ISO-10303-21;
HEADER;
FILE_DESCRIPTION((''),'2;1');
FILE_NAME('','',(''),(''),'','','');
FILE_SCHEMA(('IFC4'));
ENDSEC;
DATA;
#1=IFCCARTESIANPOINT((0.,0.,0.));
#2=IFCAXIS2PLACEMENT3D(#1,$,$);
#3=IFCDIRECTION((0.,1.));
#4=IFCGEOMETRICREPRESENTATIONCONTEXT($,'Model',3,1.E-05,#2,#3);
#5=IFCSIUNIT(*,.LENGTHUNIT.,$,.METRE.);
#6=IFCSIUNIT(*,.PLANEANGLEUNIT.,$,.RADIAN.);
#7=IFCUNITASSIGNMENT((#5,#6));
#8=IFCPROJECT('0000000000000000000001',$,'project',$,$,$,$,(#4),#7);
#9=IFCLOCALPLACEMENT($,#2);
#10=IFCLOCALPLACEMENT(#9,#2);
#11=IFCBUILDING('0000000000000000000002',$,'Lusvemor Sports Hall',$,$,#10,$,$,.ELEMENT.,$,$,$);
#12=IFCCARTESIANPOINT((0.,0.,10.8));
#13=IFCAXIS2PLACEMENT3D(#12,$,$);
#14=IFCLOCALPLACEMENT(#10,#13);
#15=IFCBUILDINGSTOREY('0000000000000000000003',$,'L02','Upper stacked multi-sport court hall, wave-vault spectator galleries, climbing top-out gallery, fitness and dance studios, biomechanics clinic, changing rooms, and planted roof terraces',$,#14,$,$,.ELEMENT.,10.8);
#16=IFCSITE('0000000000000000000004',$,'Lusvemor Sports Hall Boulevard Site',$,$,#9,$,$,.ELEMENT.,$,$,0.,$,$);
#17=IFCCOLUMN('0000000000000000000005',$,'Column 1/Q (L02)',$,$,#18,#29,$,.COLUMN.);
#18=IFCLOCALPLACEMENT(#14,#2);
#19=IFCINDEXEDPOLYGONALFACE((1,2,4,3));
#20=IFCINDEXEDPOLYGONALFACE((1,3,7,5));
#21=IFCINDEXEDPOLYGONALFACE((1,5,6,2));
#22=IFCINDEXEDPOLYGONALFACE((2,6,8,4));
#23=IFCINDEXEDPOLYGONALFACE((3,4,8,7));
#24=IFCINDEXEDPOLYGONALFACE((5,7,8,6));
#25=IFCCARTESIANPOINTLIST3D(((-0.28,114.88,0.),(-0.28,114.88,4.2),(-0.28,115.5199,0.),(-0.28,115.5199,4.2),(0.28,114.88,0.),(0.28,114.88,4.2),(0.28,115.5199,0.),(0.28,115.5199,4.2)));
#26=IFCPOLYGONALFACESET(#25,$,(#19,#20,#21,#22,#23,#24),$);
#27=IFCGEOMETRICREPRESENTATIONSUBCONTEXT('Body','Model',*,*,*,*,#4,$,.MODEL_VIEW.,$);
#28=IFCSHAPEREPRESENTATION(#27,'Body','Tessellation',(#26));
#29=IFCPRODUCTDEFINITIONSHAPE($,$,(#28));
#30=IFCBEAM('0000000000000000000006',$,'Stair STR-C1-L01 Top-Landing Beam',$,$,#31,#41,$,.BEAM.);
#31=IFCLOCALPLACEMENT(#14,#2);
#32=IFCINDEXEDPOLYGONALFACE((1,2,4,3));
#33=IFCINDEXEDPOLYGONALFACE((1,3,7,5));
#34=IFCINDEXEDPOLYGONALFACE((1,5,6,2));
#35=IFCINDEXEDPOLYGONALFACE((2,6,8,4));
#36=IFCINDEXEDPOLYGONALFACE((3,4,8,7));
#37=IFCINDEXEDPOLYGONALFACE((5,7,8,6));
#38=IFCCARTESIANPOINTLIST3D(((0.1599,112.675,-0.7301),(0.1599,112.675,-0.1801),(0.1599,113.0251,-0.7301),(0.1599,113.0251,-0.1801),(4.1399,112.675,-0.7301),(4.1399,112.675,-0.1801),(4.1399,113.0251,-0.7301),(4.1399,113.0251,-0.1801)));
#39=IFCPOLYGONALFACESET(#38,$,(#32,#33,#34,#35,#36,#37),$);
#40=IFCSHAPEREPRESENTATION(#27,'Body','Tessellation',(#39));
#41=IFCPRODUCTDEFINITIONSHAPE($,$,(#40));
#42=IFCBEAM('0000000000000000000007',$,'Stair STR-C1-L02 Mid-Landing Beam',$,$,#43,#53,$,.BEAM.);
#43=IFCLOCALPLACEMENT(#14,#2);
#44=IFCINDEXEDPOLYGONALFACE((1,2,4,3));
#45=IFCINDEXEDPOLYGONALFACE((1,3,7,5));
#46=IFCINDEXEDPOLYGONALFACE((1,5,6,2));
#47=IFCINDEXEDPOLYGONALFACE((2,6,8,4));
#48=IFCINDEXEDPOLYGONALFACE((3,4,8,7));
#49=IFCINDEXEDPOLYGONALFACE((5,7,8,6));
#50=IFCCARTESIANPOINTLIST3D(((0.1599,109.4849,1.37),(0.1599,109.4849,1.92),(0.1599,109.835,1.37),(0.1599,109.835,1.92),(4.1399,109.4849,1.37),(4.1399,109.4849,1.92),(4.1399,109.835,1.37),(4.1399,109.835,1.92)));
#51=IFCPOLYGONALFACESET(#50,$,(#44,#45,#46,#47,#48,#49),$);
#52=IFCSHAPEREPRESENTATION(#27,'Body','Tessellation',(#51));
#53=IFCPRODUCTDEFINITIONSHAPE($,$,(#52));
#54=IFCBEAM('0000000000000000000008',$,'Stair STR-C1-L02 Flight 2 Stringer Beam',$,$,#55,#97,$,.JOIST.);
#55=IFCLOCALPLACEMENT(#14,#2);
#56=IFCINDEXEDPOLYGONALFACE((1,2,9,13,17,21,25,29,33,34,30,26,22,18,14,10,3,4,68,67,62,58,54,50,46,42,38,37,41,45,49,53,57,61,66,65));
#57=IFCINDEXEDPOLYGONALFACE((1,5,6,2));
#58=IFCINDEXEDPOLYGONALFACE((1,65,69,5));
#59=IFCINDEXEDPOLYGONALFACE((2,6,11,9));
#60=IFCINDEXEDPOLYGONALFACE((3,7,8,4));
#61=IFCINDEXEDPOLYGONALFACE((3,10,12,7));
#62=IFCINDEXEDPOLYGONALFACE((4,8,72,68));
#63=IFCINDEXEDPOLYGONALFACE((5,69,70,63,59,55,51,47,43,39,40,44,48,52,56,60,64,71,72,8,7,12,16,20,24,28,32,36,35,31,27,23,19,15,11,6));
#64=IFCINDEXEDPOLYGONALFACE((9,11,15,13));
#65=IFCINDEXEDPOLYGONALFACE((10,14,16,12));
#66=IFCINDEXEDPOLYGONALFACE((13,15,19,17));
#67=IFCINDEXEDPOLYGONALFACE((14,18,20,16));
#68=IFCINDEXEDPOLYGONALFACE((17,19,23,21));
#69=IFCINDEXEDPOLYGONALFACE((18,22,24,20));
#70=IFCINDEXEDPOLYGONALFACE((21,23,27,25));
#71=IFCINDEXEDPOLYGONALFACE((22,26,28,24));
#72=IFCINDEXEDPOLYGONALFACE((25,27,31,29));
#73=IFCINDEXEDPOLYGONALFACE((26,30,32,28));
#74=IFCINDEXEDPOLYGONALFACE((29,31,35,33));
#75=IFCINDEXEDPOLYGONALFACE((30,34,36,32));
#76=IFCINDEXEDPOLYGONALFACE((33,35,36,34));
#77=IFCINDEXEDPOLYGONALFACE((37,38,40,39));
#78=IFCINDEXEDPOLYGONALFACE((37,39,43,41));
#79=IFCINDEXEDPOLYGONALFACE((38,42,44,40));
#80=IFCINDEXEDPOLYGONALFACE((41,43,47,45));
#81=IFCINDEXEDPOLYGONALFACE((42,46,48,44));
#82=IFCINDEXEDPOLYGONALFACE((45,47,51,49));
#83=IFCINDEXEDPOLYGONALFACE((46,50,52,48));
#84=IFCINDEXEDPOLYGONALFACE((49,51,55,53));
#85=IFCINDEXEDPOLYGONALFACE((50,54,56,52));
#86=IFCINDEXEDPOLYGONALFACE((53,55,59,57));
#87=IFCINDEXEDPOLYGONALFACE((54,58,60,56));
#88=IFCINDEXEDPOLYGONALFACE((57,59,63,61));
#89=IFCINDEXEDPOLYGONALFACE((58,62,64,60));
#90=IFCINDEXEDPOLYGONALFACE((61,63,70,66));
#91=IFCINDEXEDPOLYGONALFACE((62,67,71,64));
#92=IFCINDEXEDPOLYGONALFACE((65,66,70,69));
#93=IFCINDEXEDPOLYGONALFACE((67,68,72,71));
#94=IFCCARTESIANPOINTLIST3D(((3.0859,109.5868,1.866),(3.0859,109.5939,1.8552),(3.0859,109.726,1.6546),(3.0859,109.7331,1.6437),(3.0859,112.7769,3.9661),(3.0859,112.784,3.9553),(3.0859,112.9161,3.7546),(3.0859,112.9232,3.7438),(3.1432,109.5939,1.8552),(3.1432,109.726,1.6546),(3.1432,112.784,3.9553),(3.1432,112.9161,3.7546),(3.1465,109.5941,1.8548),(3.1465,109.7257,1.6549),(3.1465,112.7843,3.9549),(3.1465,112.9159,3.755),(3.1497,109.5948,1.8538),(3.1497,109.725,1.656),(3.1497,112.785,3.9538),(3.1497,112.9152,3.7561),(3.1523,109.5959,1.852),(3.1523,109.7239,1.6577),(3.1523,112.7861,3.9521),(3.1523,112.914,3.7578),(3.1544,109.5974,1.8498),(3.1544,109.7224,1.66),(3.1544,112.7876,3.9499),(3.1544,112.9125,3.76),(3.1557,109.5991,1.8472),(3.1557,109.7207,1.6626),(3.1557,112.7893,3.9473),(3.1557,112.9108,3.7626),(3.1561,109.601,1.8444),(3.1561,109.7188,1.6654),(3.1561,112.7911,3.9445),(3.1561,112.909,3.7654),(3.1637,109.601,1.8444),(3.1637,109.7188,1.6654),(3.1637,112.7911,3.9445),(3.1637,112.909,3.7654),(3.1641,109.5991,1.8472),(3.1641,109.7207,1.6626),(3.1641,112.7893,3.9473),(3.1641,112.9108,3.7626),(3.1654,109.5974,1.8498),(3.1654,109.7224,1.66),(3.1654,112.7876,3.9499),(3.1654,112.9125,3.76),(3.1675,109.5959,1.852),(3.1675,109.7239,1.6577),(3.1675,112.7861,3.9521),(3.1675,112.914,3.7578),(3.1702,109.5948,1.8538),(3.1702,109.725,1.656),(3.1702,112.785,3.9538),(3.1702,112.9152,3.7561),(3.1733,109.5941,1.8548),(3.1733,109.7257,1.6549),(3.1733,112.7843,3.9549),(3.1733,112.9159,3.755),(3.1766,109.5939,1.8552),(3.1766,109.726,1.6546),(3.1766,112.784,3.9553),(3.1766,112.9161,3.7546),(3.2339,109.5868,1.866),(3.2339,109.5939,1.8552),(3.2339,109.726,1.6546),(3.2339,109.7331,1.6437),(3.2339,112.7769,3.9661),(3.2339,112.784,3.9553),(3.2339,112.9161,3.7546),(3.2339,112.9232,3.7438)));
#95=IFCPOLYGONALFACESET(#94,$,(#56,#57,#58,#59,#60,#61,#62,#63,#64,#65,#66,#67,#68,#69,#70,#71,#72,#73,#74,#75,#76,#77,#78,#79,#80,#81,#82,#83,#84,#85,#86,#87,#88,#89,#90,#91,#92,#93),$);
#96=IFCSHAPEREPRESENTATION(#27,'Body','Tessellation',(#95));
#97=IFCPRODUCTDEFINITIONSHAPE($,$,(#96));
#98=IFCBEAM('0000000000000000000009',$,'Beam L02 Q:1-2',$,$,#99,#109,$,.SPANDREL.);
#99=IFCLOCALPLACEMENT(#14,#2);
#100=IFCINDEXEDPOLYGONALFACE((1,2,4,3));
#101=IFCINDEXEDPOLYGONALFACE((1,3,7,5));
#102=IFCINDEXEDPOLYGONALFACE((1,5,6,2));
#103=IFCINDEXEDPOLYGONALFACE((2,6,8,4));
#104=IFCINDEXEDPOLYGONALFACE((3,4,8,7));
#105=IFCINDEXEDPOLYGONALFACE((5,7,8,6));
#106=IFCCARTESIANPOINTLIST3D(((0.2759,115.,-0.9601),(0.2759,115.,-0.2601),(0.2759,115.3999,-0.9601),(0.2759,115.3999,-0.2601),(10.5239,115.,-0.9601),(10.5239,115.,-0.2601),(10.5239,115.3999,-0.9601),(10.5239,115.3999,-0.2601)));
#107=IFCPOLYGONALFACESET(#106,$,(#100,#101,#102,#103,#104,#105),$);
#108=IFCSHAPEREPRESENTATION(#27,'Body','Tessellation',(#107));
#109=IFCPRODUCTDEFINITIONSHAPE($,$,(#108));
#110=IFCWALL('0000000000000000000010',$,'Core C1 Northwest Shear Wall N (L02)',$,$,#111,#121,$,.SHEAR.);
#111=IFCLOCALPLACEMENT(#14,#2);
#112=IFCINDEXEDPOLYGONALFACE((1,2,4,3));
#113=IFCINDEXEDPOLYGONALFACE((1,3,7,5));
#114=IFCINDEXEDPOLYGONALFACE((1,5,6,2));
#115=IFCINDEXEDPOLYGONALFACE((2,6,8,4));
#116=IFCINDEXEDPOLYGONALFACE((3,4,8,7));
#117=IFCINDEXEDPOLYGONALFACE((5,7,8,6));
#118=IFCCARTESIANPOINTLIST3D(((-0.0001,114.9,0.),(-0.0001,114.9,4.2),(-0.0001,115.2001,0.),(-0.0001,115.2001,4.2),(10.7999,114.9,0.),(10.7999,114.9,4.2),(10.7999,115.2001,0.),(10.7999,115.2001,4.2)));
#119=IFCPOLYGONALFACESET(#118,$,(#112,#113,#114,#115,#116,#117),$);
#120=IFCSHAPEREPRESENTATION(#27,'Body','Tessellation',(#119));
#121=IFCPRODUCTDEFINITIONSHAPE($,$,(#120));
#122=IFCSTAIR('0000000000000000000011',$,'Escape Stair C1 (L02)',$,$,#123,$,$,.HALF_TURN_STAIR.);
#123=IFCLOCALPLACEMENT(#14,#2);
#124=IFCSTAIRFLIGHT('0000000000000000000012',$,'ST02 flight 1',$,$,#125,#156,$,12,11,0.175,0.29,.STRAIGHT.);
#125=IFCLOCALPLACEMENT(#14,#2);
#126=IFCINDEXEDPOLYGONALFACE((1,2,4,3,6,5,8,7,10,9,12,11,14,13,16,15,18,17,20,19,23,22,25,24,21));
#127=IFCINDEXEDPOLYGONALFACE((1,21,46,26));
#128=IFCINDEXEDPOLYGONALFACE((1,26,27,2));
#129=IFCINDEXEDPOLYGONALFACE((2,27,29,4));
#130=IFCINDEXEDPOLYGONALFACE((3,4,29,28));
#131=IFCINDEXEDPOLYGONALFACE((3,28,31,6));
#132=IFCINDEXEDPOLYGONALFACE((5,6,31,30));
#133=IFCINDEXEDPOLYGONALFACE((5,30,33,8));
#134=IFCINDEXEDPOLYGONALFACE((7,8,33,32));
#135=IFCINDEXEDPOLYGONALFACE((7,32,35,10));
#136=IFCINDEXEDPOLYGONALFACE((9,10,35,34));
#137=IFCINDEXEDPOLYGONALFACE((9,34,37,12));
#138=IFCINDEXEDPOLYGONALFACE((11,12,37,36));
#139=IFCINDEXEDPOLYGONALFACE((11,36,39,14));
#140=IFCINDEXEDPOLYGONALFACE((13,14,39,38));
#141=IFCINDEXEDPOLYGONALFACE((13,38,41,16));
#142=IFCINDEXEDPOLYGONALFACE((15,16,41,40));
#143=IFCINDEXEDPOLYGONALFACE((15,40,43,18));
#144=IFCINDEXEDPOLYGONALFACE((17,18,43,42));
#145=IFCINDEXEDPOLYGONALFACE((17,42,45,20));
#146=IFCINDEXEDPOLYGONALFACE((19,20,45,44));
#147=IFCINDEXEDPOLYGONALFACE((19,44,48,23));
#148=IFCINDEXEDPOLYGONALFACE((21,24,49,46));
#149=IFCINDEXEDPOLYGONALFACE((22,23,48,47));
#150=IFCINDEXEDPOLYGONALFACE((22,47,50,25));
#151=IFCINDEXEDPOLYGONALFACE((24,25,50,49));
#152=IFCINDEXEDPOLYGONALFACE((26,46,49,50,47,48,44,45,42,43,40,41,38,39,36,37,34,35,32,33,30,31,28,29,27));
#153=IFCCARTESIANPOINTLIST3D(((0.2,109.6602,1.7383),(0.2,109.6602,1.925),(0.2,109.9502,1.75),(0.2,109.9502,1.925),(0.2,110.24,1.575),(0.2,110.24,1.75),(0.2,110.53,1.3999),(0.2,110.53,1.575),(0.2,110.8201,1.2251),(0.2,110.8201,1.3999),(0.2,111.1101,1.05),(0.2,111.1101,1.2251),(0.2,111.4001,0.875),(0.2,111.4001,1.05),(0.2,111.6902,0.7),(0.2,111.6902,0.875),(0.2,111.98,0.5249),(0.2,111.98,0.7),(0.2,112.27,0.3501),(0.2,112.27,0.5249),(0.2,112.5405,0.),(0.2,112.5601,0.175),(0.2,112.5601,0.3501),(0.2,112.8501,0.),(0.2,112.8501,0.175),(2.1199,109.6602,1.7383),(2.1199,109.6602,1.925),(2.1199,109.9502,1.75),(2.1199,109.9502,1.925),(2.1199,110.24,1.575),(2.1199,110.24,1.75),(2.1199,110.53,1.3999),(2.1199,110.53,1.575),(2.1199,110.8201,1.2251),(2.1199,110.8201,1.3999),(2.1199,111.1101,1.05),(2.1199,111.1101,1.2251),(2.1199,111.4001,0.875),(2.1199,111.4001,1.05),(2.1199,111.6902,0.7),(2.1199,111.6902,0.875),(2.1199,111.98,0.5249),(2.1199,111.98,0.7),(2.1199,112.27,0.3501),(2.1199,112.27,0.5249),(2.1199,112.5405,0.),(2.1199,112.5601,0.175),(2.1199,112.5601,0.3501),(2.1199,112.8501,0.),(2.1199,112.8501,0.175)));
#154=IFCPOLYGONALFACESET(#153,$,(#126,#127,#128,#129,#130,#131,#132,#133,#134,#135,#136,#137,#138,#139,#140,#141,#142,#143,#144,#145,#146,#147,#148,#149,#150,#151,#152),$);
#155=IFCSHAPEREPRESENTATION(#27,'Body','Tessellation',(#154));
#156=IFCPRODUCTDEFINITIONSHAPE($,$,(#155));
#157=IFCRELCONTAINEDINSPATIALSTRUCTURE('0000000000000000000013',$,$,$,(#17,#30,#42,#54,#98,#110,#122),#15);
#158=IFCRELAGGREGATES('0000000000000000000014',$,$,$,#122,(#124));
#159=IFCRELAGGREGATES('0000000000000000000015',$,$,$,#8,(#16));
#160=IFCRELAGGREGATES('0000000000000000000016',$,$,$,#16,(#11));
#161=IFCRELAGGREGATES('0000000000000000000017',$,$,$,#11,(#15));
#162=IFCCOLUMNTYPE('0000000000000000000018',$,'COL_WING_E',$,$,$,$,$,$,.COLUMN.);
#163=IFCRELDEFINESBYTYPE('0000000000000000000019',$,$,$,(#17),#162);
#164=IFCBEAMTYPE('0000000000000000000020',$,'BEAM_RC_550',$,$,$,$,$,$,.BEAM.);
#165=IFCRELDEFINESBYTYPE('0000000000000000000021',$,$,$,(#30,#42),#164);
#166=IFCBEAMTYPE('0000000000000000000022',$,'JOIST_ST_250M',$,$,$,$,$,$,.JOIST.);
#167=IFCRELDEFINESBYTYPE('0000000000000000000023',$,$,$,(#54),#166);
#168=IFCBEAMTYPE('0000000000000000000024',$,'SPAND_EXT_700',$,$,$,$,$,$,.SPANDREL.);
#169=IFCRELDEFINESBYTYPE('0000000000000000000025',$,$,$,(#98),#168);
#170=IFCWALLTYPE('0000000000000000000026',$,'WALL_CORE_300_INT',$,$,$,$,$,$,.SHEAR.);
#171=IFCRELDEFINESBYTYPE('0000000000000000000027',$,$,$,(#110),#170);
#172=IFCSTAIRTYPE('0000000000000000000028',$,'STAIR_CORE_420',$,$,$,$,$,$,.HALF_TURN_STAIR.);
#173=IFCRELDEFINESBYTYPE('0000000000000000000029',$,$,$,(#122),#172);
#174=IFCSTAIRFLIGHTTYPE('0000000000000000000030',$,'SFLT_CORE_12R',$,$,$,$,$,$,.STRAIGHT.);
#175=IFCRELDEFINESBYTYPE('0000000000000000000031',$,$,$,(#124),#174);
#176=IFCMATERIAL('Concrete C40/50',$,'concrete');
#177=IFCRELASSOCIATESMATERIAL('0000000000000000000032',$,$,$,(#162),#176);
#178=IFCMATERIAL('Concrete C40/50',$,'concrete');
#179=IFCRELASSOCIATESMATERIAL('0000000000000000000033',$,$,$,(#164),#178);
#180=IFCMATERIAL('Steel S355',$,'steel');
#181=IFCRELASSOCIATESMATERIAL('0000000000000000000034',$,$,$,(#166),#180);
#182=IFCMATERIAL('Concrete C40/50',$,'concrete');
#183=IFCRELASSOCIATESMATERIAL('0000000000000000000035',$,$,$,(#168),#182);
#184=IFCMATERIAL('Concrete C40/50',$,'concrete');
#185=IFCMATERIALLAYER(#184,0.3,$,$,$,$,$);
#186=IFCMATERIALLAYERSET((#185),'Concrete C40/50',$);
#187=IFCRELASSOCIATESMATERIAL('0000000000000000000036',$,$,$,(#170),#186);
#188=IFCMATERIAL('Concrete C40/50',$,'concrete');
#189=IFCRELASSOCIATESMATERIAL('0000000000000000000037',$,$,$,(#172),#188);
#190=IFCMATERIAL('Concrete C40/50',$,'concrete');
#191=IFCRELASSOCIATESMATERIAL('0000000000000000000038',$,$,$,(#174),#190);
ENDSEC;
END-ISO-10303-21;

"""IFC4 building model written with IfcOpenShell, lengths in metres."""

from ifc_helpers import new_model, si_unit, direction, frame, frame_2d, origin, origin_2d, place, context, subcontext, project, spatial, polyline, rectangle, i_section, outline, extrude, material, layer, layer_set, material_profile, profile_set, type_object, element, aggregate, save


model = new_model("IFC4")

# Units and contexts
model_context = context("Model", 3, precision=1e-05, world=origin(), true_north=direction((0.0, 1.0)))
body_context = subcontext(model_context, "Body", "Model", "MODEL_VIEW")
ifc_project = project(units=[si_unit("LENGTHUNIT", "METRE"), si_unit("PLANEANGLEUNIT", "RADIAN")], contexts=[model_context])

# Site, building, storey
site_placement = place(None, origin())
site = spatial("IfcSite", under=ifc_project, at=site_placement, Name="Lusvemor Sports Hall Boulevard Site", CompositionType="ELEMENT", RefElevation=0.0)
building_placement = place(site_placement, origin())
building = spatial("IfcBuilding", under=site, at=building_placement, Name="Lusvemor Sports Hall", CompositionType="ELEMENT")
storey_placement = place(building_placement, frame((0.0, 0.0, 10.8)))
storey = spatial("IfcBuildingStorey", under=building, at=storey_placement, Name="L02", Description="Upper stacked multi-sport court hall, wave-vault spectator galleries, climbing top-out gallery, fitness and dance studios, biomechanics clinic, changing rooms, and planted roof terraces", CompositionType="ELEMENT", Elevation=10.8)

# Column
ifc_material_1 = material(Name="Concrete C40/50", Category="concrete")
ifc_material_profile_1 = material_profile(ifc_material_1, rectangle(XDim=0.5601, YDim=0.6399, at=origin_2d()), Name="RC560x640")
ifc_profile_set_1 = profile_set([ifc_material_profile_1], Name="Concrete C40/50")
column_type = type_object("IfcColumnType", Name="COL_WING_E", PredefinedType="COLUMN", material=ifc_profile_set_1)
column_placement = place(storey_placement, frame((0.0, 115.2, 0.0), z_axis=(0.0, 0.0, 1.0), x_axis=(1.0, 0.0, 0.0)))
element("IfcColumn", 1, at=column_placement, inside=storey, type_object=column_type, Name="Column 1/Q (L02)", PredefinedType="COLUMN", context=body_context, shape_type="SweptSolid", body=[
    extrude(rectangle(XDim=0.5601, YDim=0.6399, at=origin_2d()), origin(), (0.0, 0.0, 1.0), 4.2),
])

# Beams
ifc_material_2 = material(Name="Concrete C40/50", Category="concrete")
ifc_material_profile_2 = material_profile(ifc_material_2, rectangle(XDim=0.3501, YDim=0.55, at=origin_2d()), Name="RC350x550")
ifc_profile_set_2 = profile_set([ifc_material_profile_2], Name="Concrete C40/50")
beam_type_1 = type_object("IfcBeamType", Name="BEAM_RC_550", PredefinedType="BEAM", material=ifc_profile_set_2)
for number, where, z_axis, x_axis, name in (
    (2, (0.1599, 112.8501, -0.4551), (1.0, 0.0, 0.0), (0.0, 1.0, 0.0), "Stair STR-C1-L01 Top-Landing Beam"),
    (3, (0.1599, 109.6599, 1.645), (1.0, 0.0, 0.0), (0.0, 1.0, 0.0), "Stair STR-C1-L02 Mid-Landing Beam"),
):
    element("IfcBeam", number, at=place(storey_placement, frame(where, z_axis=z_axis, x_axis=x_axis)), inside=storey, type_object=beam_type_1, Name=name, PredefinedType="BEAM", context=body_context, shape_type="SweptSolid", body=[
        extrude(rectangle(XDim=0.3501, YDim=0.55, at=origin_2d()), origin(), (0.0, 0.0, 1.0), 3.98),
    ])
ifc_material_3 = material(Name="Steel S355", Category="steel")
ifc_material_profile_3 = material_profile(ifc_material_3, i_section(OverallWidth=0.1479, OverallDepth=0.2661, WebThickness=0.0076, FlangeThickness=0.0129, FilletRadius=0.0129, at=origin_2d()), Name="W250x44.8")
ifc_profile_set_3 = profile_set([ifc_material_profile_3], Name="Steel S355")
beam_type_2 = type_object("IfcBeamType", Name="JOIST_ST_250M", PredefinedType="JOIST", material=ifc_profile_set_3)
beam_1_placement = place(storey_placement, frame((3.1599, 109.6599, 1.7549), z_axis=(0.0, 0.835262, 0.549852), x_axis=(-1.0, 0.0, 0.0)))
element("IfcBeam", 4, at=beam_1_placement, inside=storey, type_object=beam_type_2, Name="Stair STR-C1-L02 Flight 2 Stringer Beam", PredefinedType="JOIST", context=body_context, shape_type="SweptSolid", body=[
    extrude(i_section(OverallWidth=0.1479, OverallDepth=0.2661, WebThickness=0.0076, FlangeThickness=0.0129, FilletRadius=0.0129, at=origin_2d()), origin(), (0.0, 0.0, 1.0), 3.8193),
])
ifc_material_4 = material(Name="Concrete C40/50", Category="concrete")
ifc_material_profile_4 = material_profile(ifc_material_4, rectangle(XDim=0.3999, YDim=0.7, at=origin_2d()), Name="RC400x700")
ifc_profile_set_4 = profile_set([ifc_material_profile_4], Name="Concrete C40/50")
beam_type_3 = type_object("IfcBeamType", Name="SPAND_EXT_700", PredefinedType="SPANDREL", material=ifc_profile_set_4)
beam_2_placement = place(storey_placement, frame((0.2759, 115.2, -0.6101), z_axis=(1.0, 0.0, 0.0), x_axis=(0.0, 1.0, 0.0)))
element("IfcBeam", 5, at=beam_2_placement, inside=storey, type_object=beam_type_3, Name="Beam L02 Q:1-2", PredefinedType="SPANDREL", context=body_context, shape_type="SweptSolid", body=[
    extrude(rectangle(XDim=0.3999, YDim=0.7, at=origin_2d()), origin(), (0.0, 0.0, 1.0), 10.248),
])

# Wall
ifc_material_5 = material(Name="Concrete C40/50", Category="concrete")
ifc_layer_1 = layer(ifc_material_5, 0.3)
ifc_layer_set_1 = layer_set([ifc_layer_1], Name="Concrete C40/50")
wall_type = type_object("IfcWallType", Name="WALL_CORE_300_INT", PredefinedType="SHEAR", material=ifc_layer_set_1)
wall_1_placement = place(storey_placement, frame((0.0, 115.05, 0.0), z_axis=(0.0, 0.0, 1.0), x_axis=(1.0, 0.0, 0.0)))
element("IfcWall", 6, at=wall_1_placement, inside=storey, type_object=wall_type, Name="Core C1 Northwest Shear Wall N (L02)", PredefinedType="SHEAR", context=body_context, shape_type="SweptSolid", body=[
    extrude(rectangle(XDim=10.8, YDim=0.3, at=frame_2d((5.3999, 0.0))), origin(), (0.0, 0.0, 1.0), 4.2),
])

# Stair, stair flight
ifc_material_6 = material(Name="Concrete C40/50", Category="concrete")
stair_type = type_object("IfcStairType", Name="STAIR_CORE_420", PredefinedType="HALF_TURN_STAIR", material=ifc_material_6)
stair_placement = place(storey_placement, origin())
stair = element("IfcStair", 7, at=stair_placement, inside=storey, type_object=stair_type, Name="Escape Stair C1 (L02)", PredefinedType="HALF_TURN_STAIR")
ifc_material_7 = material(Name="Concrete C40/50", Category="concrete")
stair_flight_type = type_object("IfcStairFlightType", Name="SFLT_CORE_12R", PredefinedType="STRAIGHT", material=ifc_material_7)
stair_flight_1_placement = place(storey_placement, frame((1.1599, 112.8501, 0.0), z_axis=(0.0, 0.0, 1.0), x_axis=(0.0, -1.0, 0.0)))
stair_flight_1 = element("IfcStairFlight", 8, at=stair_flight_1_placement, type_object=stair_flight_type, Name="ST02 flight 1", NumberOfRisers=12, NumberOfTreads=11, PredefinedType="STRAIGHT", RiserHeight=0.175, TreadLength=0.29, context=body_context, shape_type="SweptSolid", body=[
    extrude(outline(polyline([(0.0, 0.0), (0.0, 0.175), (0.29, 0.175), (0.29, 0.3501), (0.5801, 0.3501), (0.5801, 0.5249), (0.8701, 0.5249), (0.8701, 0.7), (1.1599, 0.7), (1.1599, 0.875), (1.45, 0.875), (1.45, 1.05), (1.74, 1.05), (1.74, 1.2251), (2.03, 1.2251), (2.03, 1.3999), (2.3201, 1.3999), (2.3201, 1.575), (2.6101, 1.575), (2.6101, 1.75), (2.8999, 1.75), (2.8999, 1.925), (3.1899, 1.925), (3.1899, 2.1001), (3.1899, 1.7383), (0.3096, 0.0), (0.0, 0.0)])), frame((0.0, 0.96, 0.0), z_axis=(0.0, -1.0, 0.0), x_axis=(1.0, 0.0, 0.0)), (0.0, 0.0, 1.0), 1.9199),
])
aggregate(stair, [stair_flight_1])

save(model, "model.ifc")
